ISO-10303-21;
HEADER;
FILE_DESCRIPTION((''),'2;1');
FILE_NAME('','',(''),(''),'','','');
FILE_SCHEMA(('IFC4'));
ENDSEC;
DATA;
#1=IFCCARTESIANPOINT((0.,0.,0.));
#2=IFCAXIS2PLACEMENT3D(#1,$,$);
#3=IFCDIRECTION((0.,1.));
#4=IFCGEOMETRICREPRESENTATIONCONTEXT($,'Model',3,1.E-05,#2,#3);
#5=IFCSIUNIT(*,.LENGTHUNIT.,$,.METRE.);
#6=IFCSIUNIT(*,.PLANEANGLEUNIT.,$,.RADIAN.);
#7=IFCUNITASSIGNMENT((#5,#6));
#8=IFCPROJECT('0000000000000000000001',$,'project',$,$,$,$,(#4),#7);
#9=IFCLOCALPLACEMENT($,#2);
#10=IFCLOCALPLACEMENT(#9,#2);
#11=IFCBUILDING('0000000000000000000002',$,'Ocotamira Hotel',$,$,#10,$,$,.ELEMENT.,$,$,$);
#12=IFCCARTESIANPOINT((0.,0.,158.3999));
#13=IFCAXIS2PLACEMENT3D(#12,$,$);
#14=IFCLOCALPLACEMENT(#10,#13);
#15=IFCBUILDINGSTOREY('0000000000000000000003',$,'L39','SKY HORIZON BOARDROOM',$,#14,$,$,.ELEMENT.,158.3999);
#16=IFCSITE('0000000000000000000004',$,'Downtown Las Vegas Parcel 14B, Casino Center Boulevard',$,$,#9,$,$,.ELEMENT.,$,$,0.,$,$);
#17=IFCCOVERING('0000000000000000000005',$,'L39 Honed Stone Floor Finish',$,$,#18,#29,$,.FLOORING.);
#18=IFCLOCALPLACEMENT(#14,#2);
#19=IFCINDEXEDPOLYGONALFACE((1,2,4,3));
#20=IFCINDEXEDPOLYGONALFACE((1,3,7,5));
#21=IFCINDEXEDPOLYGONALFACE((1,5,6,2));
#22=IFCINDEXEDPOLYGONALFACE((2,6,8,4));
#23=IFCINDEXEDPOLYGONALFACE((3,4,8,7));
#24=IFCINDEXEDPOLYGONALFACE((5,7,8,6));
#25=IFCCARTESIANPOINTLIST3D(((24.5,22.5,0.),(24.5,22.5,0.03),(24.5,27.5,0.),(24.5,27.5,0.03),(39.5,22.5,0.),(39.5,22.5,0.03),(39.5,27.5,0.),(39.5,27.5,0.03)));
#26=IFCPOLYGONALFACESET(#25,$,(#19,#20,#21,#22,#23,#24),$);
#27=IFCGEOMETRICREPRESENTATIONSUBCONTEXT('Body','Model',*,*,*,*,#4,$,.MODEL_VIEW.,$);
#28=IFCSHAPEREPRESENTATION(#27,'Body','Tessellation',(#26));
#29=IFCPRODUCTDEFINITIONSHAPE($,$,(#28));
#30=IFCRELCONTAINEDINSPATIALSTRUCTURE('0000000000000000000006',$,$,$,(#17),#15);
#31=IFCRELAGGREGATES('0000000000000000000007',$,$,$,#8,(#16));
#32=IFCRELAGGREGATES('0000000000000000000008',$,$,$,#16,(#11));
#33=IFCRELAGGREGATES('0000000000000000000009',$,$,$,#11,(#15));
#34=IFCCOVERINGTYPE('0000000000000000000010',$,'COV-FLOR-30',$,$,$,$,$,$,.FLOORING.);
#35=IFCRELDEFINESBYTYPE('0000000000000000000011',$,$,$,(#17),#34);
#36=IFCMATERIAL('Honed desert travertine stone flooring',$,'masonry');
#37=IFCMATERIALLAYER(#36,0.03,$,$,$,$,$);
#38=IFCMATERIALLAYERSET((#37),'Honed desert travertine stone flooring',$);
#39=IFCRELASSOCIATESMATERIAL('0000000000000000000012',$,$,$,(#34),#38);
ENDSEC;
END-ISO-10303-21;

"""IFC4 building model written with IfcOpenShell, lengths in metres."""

from ifc_helpers import new_model, si_unit, direction, frame, origin, place, context, subcontext, project, spatial, polyline, outline, extrude, material, layer, layer_set, type_object, element, save


model = new_model("IFC4")

# Units and contexts
model_context = context("Model", 3, precision=1e-05, world=origin(), true_north=direction((0.0, 1.0)))
body_context = subcontext(model_context, "Body", "Model", "MODEL_VIEW")
ifc_project = project(units=[si_unit("LENGTHUNIT", "METRE"), si_unit("PLANEANGLEUNIT", "RADIAN")], contexts=[model_context])

# Site, building, storey
site_placement = place(None, origin())
site = spatial("IfcSite", under=ifc_project, at=site_placement, Name="Downtown Las Vegas Parcel 14B, Casino Center Boulevard", CompositionType="ELEMENT", RefElevation=0.0)
building_placement = place(site_placement, origin())
building = spatial("IfcBuilding", under=site, at=building_placement, Name="Ocotamira Hotel", CompositionType="ELEMENT")
storey_placement = place(building_placement, frame((0.0, 0.0, 158.3999)))
storey = spatial("IfcBuildingStorey", under=building, at=storey_placement, Name="L39", Description="SKY HORIZON BOARDROOM", CompositionType="ELEMENT", Elevation=158.3999)

# Covering
ifc_material_1 = material(Name="Honed desert travertine stone flooring", Category="masonry")
ifc_layer_1 = layer(ifc_material_1, 0.03)
ifc_layer_set_1 = layer_set([ifc_layer_1], Name="Honed desert travertine stone flooring")
covering_type_1 = type_object("IfcCoveringType", Name="COV-FLOR-30", PredefinedType="FLOORING", material=ifc_layer_set_1)
covering_1_placement = place(storey_placement, origin())
element("IfcCovering", 1, at=covering_1_placement, inside=storey, type_object=covering_type_1, Name="L39 Honed Stone Floor Finish", PredefinedType="FLOORING", context=body_context, shape_type="SweptSolid", body=[
    extrude(outline(polyline([(24.5, 22.5), (39.5, 22.5), (39.5, 27.5), (24.5, 27.5), (24.5, 22.5)])), origin(), (0.0, 0.0, 1.0), 0.03),
])

save(model, "model.ifc")
